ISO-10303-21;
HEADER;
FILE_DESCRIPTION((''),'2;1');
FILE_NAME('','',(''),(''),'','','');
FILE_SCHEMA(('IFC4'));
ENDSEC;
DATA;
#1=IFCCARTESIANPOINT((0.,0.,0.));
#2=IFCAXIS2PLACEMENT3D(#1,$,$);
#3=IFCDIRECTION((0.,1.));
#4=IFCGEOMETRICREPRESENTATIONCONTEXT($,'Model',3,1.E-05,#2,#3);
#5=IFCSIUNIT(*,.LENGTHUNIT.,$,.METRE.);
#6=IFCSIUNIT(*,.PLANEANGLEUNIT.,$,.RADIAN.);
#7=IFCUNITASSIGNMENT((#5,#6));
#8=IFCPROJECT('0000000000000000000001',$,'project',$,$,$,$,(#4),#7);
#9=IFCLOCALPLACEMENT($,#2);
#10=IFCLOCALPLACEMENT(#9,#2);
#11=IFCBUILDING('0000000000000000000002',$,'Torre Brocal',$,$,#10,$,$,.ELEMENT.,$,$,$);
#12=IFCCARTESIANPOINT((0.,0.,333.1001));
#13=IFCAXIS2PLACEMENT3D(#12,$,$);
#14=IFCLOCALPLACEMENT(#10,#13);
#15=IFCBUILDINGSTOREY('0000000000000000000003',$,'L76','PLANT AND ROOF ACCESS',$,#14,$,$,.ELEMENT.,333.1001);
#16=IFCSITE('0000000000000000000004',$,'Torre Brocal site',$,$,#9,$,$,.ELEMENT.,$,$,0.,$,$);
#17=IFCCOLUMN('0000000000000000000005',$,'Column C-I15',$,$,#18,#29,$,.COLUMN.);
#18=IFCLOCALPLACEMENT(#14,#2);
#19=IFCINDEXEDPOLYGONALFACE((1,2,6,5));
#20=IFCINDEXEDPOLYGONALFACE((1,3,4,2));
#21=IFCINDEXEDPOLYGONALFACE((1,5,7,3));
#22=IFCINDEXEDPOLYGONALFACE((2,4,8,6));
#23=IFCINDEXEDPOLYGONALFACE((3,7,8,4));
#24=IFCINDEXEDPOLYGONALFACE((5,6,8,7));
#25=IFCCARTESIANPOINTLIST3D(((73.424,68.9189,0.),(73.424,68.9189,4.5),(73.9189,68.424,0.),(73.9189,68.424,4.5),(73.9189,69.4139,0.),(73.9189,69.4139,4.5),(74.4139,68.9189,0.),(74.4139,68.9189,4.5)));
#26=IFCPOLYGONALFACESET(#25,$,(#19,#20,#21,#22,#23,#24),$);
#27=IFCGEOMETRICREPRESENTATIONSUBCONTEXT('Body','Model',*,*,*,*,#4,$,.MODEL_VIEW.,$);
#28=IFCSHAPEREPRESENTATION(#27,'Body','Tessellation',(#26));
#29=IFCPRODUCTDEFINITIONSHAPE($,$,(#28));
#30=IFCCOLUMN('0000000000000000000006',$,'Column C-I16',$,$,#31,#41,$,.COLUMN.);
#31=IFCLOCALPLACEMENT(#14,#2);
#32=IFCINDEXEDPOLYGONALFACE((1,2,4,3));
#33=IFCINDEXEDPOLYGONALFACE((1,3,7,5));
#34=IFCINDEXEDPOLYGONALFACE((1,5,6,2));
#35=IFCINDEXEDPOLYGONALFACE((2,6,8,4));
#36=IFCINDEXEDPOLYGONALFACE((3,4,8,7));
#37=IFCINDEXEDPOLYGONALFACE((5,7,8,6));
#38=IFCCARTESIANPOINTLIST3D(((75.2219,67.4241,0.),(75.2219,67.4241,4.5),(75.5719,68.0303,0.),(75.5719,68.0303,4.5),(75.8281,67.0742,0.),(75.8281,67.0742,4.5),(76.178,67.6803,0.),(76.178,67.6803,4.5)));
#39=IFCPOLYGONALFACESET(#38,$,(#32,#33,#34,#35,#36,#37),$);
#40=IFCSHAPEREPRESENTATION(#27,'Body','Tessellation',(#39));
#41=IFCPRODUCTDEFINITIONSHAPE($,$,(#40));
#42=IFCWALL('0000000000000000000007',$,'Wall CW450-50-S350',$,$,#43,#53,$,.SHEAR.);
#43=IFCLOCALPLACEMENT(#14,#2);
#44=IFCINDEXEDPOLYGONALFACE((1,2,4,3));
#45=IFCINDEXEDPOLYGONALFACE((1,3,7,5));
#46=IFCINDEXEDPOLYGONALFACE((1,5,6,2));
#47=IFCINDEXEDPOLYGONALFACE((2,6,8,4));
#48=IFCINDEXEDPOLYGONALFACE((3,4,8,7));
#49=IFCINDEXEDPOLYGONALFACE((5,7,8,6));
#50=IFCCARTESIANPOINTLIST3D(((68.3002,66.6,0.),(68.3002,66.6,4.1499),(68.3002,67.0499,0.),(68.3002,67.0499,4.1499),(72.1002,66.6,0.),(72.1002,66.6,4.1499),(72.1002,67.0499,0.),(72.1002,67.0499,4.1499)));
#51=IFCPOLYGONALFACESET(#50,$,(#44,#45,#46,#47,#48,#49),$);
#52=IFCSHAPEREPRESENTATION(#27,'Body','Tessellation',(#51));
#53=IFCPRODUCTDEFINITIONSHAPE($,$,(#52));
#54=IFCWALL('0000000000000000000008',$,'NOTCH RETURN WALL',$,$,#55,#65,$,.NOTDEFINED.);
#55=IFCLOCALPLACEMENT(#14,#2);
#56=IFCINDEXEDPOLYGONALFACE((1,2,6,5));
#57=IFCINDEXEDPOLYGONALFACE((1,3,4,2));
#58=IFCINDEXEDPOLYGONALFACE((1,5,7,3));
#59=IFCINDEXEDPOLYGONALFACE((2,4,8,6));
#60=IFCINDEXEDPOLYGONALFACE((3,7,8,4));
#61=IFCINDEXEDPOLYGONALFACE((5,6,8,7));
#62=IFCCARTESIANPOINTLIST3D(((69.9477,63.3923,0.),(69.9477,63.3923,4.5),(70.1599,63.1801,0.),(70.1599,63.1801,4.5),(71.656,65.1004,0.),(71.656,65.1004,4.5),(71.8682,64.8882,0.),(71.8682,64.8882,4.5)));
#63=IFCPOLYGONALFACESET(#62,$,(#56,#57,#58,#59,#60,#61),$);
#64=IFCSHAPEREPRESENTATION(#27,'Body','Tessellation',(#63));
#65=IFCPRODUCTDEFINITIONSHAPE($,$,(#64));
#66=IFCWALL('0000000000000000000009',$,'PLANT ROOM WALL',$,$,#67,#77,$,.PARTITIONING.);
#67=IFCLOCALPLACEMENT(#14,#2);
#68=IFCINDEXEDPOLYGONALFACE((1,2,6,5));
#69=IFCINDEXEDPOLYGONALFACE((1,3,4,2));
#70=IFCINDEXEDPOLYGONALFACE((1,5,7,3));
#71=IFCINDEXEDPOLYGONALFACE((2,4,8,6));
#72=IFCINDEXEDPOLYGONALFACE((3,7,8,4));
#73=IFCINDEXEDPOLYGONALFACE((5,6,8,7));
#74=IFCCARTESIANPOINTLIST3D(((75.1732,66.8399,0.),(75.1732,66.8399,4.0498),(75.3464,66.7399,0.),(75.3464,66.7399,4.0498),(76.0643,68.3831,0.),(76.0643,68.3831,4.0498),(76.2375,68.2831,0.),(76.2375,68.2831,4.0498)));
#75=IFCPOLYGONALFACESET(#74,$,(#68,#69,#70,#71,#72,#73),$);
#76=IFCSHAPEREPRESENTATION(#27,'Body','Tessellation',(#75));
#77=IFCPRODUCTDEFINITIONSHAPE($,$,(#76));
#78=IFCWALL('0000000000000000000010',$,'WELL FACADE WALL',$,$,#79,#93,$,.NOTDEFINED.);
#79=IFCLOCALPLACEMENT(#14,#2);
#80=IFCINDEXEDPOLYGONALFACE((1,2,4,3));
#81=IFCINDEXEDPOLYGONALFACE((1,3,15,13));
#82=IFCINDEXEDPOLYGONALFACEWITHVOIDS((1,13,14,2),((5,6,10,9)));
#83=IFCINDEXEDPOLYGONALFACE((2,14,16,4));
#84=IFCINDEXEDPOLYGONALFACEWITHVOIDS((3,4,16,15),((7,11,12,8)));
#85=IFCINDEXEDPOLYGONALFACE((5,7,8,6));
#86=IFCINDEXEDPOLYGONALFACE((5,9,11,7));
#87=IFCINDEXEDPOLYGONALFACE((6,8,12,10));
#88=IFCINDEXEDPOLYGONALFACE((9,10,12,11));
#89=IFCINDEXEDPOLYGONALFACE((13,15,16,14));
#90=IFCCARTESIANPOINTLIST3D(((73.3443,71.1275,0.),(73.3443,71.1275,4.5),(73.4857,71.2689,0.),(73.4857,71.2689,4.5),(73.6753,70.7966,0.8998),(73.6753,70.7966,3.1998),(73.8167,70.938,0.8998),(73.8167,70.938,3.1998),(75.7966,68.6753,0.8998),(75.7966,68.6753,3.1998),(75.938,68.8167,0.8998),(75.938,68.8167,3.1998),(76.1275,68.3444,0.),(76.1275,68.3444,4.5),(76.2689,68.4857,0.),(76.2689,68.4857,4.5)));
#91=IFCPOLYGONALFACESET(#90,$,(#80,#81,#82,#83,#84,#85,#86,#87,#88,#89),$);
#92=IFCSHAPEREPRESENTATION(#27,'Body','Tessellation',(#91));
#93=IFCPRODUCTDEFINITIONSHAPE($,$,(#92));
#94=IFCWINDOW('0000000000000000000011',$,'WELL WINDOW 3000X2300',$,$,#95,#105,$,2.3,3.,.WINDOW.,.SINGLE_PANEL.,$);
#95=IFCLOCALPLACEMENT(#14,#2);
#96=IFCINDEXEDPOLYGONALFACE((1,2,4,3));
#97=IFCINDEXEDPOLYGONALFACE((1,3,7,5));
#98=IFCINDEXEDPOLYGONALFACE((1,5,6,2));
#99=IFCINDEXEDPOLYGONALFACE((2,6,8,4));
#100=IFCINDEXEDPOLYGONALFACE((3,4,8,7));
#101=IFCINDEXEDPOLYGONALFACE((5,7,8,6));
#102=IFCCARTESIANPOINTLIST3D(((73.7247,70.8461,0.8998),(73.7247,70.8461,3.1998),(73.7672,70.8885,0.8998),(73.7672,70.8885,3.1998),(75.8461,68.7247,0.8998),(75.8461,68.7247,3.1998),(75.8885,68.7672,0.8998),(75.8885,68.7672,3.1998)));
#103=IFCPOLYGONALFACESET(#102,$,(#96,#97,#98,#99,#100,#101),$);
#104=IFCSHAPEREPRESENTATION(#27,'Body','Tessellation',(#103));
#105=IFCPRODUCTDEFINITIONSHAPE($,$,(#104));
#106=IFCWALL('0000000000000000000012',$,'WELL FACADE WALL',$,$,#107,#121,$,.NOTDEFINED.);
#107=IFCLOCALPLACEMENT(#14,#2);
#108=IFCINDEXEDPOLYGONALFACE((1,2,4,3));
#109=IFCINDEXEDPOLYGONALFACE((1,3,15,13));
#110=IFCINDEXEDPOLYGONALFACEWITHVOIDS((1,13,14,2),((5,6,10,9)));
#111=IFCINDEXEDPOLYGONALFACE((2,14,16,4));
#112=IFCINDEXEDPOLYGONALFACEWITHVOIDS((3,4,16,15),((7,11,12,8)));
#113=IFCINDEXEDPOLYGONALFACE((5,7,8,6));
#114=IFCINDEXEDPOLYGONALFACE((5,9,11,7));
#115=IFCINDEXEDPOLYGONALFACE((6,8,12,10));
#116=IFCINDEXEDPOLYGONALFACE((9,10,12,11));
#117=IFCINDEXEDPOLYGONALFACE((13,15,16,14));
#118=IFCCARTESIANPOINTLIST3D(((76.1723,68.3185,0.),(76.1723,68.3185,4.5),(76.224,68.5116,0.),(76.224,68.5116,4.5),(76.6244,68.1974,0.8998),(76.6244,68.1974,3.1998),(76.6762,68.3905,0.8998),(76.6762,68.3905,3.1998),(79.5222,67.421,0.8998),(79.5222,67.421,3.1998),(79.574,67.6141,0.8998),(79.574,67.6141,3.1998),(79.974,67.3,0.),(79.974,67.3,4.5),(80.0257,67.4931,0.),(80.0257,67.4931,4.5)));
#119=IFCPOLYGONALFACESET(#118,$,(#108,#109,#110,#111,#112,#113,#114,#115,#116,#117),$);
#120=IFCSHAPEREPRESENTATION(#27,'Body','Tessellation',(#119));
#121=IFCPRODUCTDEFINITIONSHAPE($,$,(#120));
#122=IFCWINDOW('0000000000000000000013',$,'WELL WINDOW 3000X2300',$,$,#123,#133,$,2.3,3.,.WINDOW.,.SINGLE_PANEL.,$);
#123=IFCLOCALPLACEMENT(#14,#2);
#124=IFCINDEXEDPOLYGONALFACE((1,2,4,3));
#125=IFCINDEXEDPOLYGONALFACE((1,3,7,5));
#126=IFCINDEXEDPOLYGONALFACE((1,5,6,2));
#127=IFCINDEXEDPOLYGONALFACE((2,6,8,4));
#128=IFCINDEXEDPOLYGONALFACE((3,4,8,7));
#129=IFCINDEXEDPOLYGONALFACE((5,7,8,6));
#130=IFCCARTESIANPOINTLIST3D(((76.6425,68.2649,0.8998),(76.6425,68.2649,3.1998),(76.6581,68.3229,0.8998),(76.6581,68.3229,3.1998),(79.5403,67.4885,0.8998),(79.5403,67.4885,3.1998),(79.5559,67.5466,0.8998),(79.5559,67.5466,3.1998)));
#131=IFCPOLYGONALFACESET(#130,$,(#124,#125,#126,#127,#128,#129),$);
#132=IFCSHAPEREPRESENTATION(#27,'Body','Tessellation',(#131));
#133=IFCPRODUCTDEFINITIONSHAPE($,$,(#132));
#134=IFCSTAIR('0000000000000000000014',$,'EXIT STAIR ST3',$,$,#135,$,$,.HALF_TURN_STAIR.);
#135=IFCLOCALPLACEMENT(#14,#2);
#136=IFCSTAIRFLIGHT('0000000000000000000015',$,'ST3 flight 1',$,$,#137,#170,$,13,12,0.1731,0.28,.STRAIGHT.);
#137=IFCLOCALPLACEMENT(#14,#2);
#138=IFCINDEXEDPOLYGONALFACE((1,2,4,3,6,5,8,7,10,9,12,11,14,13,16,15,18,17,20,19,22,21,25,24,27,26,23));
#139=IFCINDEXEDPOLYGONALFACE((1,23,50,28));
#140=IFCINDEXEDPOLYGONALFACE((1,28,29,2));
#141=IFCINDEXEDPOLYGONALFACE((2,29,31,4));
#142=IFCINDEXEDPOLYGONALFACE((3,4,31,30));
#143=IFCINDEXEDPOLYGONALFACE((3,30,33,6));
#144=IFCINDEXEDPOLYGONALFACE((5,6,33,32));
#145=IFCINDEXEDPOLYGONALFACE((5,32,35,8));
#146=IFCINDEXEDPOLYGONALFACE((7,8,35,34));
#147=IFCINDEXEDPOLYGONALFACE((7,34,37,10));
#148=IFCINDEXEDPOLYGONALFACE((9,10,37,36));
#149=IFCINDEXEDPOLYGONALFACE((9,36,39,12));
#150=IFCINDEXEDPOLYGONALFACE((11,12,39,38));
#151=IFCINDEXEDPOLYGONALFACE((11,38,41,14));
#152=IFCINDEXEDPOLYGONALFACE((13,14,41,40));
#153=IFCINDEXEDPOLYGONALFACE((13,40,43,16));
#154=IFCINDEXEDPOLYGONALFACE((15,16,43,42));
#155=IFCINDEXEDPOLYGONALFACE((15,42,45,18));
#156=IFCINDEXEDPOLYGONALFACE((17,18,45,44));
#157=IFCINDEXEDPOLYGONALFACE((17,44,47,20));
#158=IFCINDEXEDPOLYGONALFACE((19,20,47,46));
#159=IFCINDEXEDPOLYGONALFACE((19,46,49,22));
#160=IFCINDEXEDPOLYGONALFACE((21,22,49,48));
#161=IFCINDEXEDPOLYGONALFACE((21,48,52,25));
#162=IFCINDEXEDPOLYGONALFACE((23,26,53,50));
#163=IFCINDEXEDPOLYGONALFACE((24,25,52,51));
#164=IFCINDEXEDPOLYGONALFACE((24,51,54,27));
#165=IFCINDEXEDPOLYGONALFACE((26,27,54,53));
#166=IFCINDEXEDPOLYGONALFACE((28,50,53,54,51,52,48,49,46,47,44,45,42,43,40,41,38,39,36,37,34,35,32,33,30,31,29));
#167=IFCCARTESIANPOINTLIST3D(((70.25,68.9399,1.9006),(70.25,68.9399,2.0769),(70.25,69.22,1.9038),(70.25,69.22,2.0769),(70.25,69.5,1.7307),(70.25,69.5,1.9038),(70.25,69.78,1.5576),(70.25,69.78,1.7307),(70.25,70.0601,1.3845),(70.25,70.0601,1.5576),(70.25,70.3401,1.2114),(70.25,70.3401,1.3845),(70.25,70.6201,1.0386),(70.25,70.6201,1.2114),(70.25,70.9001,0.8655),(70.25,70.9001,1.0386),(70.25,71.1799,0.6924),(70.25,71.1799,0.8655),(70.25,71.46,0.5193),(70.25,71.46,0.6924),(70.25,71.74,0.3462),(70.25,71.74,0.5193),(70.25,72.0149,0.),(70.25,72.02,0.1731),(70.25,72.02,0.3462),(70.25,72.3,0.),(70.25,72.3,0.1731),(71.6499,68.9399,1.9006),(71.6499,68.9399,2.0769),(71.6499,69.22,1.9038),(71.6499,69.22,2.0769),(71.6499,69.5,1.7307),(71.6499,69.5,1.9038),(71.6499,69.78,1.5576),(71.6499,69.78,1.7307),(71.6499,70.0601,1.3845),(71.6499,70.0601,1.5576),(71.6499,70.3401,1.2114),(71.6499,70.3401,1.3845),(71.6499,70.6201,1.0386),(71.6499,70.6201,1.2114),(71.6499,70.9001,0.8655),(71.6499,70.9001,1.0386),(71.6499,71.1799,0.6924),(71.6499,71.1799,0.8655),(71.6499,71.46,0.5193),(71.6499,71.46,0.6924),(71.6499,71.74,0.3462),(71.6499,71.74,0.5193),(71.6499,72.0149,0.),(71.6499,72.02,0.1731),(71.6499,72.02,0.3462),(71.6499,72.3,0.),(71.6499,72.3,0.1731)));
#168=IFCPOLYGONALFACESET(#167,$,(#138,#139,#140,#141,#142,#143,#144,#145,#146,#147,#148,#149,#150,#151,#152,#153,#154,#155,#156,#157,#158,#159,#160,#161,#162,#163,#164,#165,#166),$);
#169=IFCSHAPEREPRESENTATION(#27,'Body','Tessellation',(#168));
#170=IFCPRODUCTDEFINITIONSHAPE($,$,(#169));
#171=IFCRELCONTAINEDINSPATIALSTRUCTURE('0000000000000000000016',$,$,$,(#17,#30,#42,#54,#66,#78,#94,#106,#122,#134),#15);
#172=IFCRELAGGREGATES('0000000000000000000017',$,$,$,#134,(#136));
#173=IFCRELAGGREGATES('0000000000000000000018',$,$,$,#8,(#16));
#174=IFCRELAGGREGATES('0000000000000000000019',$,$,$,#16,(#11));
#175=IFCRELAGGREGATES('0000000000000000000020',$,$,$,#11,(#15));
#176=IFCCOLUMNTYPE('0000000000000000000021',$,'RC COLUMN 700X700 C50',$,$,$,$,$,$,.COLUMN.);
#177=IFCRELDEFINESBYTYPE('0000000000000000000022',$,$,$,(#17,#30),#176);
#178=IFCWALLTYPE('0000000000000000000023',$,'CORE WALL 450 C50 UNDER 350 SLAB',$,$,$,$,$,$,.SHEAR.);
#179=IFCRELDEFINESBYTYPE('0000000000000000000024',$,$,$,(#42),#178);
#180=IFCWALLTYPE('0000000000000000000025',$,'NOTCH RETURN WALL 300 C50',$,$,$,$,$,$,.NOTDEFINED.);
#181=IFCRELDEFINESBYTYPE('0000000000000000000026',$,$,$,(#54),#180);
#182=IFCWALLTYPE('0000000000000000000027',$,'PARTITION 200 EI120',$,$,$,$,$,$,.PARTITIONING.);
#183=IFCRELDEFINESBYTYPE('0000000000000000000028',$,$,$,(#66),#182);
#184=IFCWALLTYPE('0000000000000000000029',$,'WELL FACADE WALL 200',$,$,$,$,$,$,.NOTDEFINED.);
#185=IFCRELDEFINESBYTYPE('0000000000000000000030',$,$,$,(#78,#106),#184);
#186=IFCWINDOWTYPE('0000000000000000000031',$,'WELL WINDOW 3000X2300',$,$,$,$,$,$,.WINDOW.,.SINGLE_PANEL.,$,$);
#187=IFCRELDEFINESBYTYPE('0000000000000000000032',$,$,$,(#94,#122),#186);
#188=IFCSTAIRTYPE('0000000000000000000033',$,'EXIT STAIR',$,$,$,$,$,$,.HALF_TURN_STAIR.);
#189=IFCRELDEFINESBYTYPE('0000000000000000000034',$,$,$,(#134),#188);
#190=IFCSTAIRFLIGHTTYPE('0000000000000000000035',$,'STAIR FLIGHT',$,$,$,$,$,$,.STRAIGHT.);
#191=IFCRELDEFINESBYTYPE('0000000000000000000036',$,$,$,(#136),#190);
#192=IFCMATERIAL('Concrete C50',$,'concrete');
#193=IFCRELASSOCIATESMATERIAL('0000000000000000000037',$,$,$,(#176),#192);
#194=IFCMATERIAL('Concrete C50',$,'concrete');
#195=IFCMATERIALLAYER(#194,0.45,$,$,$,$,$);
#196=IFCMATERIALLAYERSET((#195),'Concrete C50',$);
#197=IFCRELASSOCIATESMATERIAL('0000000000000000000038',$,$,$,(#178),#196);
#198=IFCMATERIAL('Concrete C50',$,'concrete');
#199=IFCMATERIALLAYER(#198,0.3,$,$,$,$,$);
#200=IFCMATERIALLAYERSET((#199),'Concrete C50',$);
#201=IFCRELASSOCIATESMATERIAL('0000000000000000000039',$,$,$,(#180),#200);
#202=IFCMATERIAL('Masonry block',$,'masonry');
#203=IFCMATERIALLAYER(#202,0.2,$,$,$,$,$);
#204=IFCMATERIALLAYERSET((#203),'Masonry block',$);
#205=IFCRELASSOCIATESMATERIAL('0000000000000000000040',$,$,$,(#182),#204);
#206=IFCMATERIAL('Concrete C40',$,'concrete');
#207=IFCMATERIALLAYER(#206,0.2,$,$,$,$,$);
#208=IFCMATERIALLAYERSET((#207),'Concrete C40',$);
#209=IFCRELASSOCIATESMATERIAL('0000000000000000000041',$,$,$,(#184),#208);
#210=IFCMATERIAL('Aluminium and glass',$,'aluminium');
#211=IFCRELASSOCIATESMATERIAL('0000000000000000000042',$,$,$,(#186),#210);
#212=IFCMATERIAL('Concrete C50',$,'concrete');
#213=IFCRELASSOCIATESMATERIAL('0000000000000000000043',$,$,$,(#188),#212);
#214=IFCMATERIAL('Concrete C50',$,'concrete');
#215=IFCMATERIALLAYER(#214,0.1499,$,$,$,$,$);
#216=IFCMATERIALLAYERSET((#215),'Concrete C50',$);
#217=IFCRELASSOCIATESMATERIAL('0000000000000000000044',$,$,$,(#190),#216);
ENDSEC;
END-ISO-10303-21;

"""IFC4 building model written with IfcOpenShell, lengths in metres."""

from ifc_helpers import new_model, si_unit, direction, frame, frame_2d, origin, origin_2d, place, context, subcontext, project, spatial, polyline, rectangle, outline, extrude, material, layer, layer_set, material_profile, profile_set, type_object, element, fill, aggregate, save


model = new_model("IFC4")

# Units and contexts
model_context = context("Model", 3, precision=1e-05, world=origin(), true_north=direction((0.0, 1.0)))
body_context = subcontext(model_context, "Body", "Model", "MODEL_VIEW")
ifc_project = project(units=[si_unit("LENGTHUNIT", "METRE"), si_unit("PLANEANGLEUNIT", "RADIAN")], contexts=[model_context])

# Site, building, storey
site_placement = place(None, origin())
site = spatial("IfcSite", under=ifc_project, at=site_placement, Name="Torre Brocal site", CompositionType="ELEMENT", RefElevation=0.0)
building_placement = place(site_placement, origin())
building = spatial("IfcBuilding", under=site, at=building_placement, Name="Torre Brocal", CompositionType="ELEMENT")
storey_placement = place(building_placement, frame((0.0, 0.0, 333.1001)))
storey = spatial("IfcBuildingStorey", under=building, at=storey_placement, Name="L76", Description="PLANT AND ROOF ACCESS", CompositionType="ELEMENT", Elevation=333.1001)

# Columns
ifc_material_1 = material(Name="Concrete C50", Category="concrete")
ifc_material_profile = material_profile(ifc_material_1, rectangle(XDim=0.7, YDim=0.7, at=origin_2d()), Name="RC 700X700")
ifc_profile_set = profile_set([ifc_material_profile], Name="Concrete C50")
column_type = type_object("IfcColumnType", Name="RC COLUMN 700X700 C50", PredefinedType="COLUMN", material=ifc_profile_set)
for number, where, z_axis, x_axis, name in (
    (1, (73.9189, 68.9189, 0.0), (0.0, 0.0, 1.0), (-0.707107, -0.707107, 0.0), "Column C-I15"),
    (2, (75.7, 67.5522, 0.0), (0.0, 0.0, 1.0), (-0.5, -0.866025, 0.0), "Column C-I16"),
):
    element("IfcColumn", number, at=place(storey_placement, frame(where, z_axis=z_axis, x_axis=x_axis)), inside=storey, type_object=column_type, Name=name, PredefinedType="COLUMN", context=body_context, shape_type="SweptSolid", body=[
        extrude(rectangle(XDim=0.7, YDim=0.7, at=origin_2d()), origin(), (0.0, 0.0, 1.0), 4.5),
    ])

# Walls
ifc_material_2 = material(Name="Concrete C50", Category="concrete")
ifc_layer_1 = layer(ifc_material_2, 0.45)
ifc_layer_set_1 = layer_set([ifc_layer_1], Name="Concrete C50")
wall_type_1 = type_object("IfcWallType", Name="CORE WALL 450 C50 UNDER 350 SLAB", PredefinedType="SHEAR", material=ifc_layer_set_1)
wall_1_placement = place(storey_placement, frame((72.1001, 66.825, 0.0), z_axis=(0.0, 0.0, 1.0), x_axis=(-1.0, 0.0, 0.0)))
element("IfcWall", 3, at=wall_1_placement, inside=storey, type_object=wall_type_1, Name="Wall CW450-50-S350", PredefinedType="SHEAR", context=body_context, shape_type="SweptSolid", body=[
    extrude(rectangle(XDim=3.8, YDim=0.45, at=frame_2d((1.8999, 0.0))), origin(), (0.0, 0.0, 1.0), 4.1499),
])
ifc_material_3 = material(Name="Concrete C50", Category="concrete")
ifc_layer_2 = layer(ifc_material_3, 0.3)
ifc_layer_set_2 = layer_set([ifc_layer_2], Name="Concrete C50")
wall_type_2 = type_object("IfcWallType", Name="NOTCH RETURN WALL 300 C50", PredefinedType="NOTDEFINED", material=ifc_layer_set_2)
wall_2_placement = place(storey_placement, frame((71.7622, 64.9944, 0.0), z_axis=(0.0, 0.0, 1.0), x_axis=(-0.707157, -0.707056, 0.0)))
element("IfcWall", 4, at=wall_2_placement, inside=storey, type_object=wall_type_2, Name="NOTCH RETURN WALL", PredefinedType="NOTDEFINED", context=body_context, shape_type="SweptSolid", body=[
    extrude(rectangle(XDim=2.4158, YDim=0.3, at=frame_2d((1.208, 0.0))), origin(), (0.0, 0.0, 1.0), 4.5),
])

# Shared definitions
ifc_material_4 = material(Name="Masonry block", Category="masonry")
ifc_layer_3 = layer(ifc_material_4, 0.2)
ifc_layer_set_3 = layer_set([ifc_layer_3], Name="Masonry block")
wall_type_3 = type_object("IfcWallType", Name="PARTITION 200 EI120", PredefinedType="PARTITIONING", material=ifc_layer_set_3)

# Wall
wall_3_placement = place(storey_placement, frame((75.2598, 66.7898, 0.0), z_axis=(0.0, 0.0, 1.0), x_axis=(0.500058, 0.865992, 0.0)))
element("IfcWall", 5, at=wall_3_placement, inside=storey, type_object=wall_type_3, Name="PLANT ROOM WALL", PredefinedType="PARTITIONING", context=body_context, shape_type="SweptSolid", body=[
    extrude(rectangle(XDim=1.782, YDim=0.2, at=frame_2d((0.8911, 0.0))), origin(), (0.0, 0.0, 1.0), 4.0498),
])

# Walls, openings, windows
ifc_material_5 = material(Name="Concrete C40", Category="concrete")
ifc_layer_4 = layer(ifc_material_5, 0.2)
ifc_layer_set_4 = layer_set([ifc_layer_4], Name="Concrete C40")
wall_type_4 = type_object("IfcWallType", Name="WELL FACADE WALL 200", PredefinedType="NOTDEFINED", material=ifc_layer_set_4)
wall_4_placement = place(storey_placement, frame((73.415, 71.1982, 0.0), z_axis=(0.0, 0.0, 1.0), x_axis=(0.707107, -0.707107, 0.0)))
wall_4 = element("IfcWall", 6, at=wall_4_placement, inside=storey, type_object=wall_type_4, Name="WELL FACADE WALL", PredefinedType="NOTDEFINED", context=body_context, shape_type="SweptSolid", body=[
    extrude(rectangle(XDim=3.936, YDim=0.2, at=frame_2d((1.968, 0.0))), origin(), (0.0, 0.0, 1.0), 4.5),
])
opening_1_placement = place(wall_4_placement, frame((0.468, 0.0, 0.8999)))
opening_1 = element("IfcOpeningElement", 7, at=opening_1_placement, cuts=wall_4, PredefinedType="OPENING", context=body_context, shape_type="SweptSolid", body=[
    extrude(rectangle(XDim=3.0, YDim=2.3, at=frame_2d((1.5, 1.1499))), frame((0.0, 0.1099, 0.0), z_axis=(0.0, -1.0, 0.0), x_axis=(1.0, 0.0, 0.0)), (0.0, 0.0, 1.0), 0.22),
])
ifc_material_6 = material(Name="Aluminium and glass", Category="aluminium")
window_type = type_object("IfcWindowType", Name="WELL WINDOW 3000X2300", PartitioningType="SINGLE_PANEL", PredefinedType="WINDOW", material=ifc_material_6)
window_1_placement = place(opening_1_placement, origin())
window_1 = element("IfcWindow", 8, at=window_1_placement, inside=storey, type_object=window_type, Name="WELL WINDOW 3000X2300", OverallHeight=2.3, OverallWidth=3.0, PartitioningType="SINGLE_PANEL", PredefinedType="WINDOW", context=body_context, shape_type="SweptSolid", body=[
    extrude(rectangle(XDim=3.0, YDim=2.3, at=frame_2d((1.5, 1.1499))), frame((0.0, 0.03, 0.0), z_axis=(0.0, -1.0, 0.0), x_axis=(1.0, 0.0, 0.0)), (0.0, 0.0, 1.0), 0.0601),
])
fill(opening_1, window_1)
wall_5_placement = place(storey_placement, frame((76.1982, 68.415, 0.0), z_axis=(0.0, 0.0, 1.0), x_axis=(0.965934, -0.25879, 0.0)))
wall_5 = element("IfcWall", 9, at=wall_5_placement, inside=storey, type_object=wall_type_4, Name="WELL FACADE WALL", PredefinedType="NOTDEFINED", context=body_context, shape_type="SweptSolid", body=[
    extrude(rectangle(XDim=3.9358, YDim=0.2, at=frame_2d((1.9678, 0.0))), origin(), (0.0, 0.0, 1.0), 4.5),
])
opening_2_placement = place(wall_5_placement, frame((0.468, 0.0, 0.8999)))
opening_2 = element("IfcOpeningElement", 10, at=opening_2_placement, cuts=wall_5, PredefinedType="OPENING", context=body_context, shape_type="SweptSolid", body=[
    extrude(rectangle(XDim=3.0, YDim=2.3, at=frame_2d((1.5, 1.1499))), frame((0.0, 0.1099, 0.0), z_axis=(0.0, -1.0, 0.0), x_axis=(1.0, 0.0, 0.0)), (0.0, 0.0, 1.0), 0.22),
])
window_2_placement = place(opening_2_placement, origin())
window_2 = element("IfcWindow", 11, at=window_2_placement, inside=storey, type_object=window_type, Name="WELL WINDOW 3000X2300", OverallHeight=2.3, OverallWidth=3.0, PartitioningType="SINGLE_PANEL", PredefinedType="WINDOW", context=body_context, shape_type="SweptSolid", body=[
    extrude(rectangle(XDim=3.0, YDim=2.3, at=frame_2d((1.5, 1.1499))), frame((0.0, 0.03, 0.0), z_axis=(0.0, -1.0, 0.0), x_axis=(1.0, 0.0, 0.0)), (0.0, 0.0, 1.0), 0.0601),
])
fill(opening_2, window_2)

# Stair, stair flight
ifc_material_7 = material(Name="Concrete C50", Category="concrete")
stair_type = type_object("IfcStairType", Name="EXIT STAIR", PredefinedType="HALF_TURN_STAIR", material=ifc_material_7)
stair_placement = place(storey_placement, origin())
stair = element("IfcStair", 12, at=stair_placement, inside=storey, type_object=stair_type, Name="EXIT STAIR ST3", PredefinedType="HALF_TURN_STAIR")
ifc_material_8 = material(Name="Concrete C50", Category="concrete")
ifc_layer_5 = layer(ifc_material_8, 0.1499)
ifc_layer_set_5 = layer_set([ifc_layer_5], Name="Concrete C50")
stair_flight_type = type_object("IfcStairFlightType", Name="STAIR FLIGHT", PredefinedType="STRAIGHT", material=ifc_layer_set_5)
stair_flight_placement = place(storey_placement, frame((70.95, 72.3, 0.0), z_axis=(0.0, 0.0, 1.0), x_axis=(0.0, -1.0, 0.0)))
stair_flight = element("IfcStairFlight", 13, at=stair_flight_placement, type_object=stair_flight_type, Name="ST3 flight 1", NumberOfRisers=13, NumberOfTreads=12, PredefinedType="STRAIGHT", RiserHeight=0.1731, TreadLength=0.28, context=body_context, shape_type="SweptSolid", body=[
    extrude(outline(polyline([(0.0, 0.0), (0.0, 0.1731), (0.28, 0.1731), (0.28, 0.3462), (0.5601, 0.3462), (0.5601, 0.5193), (0.8401, 0.5193), (0.8401, 0.6924), (1.1201, 0.6924), (1.1201, 0.8655), (1.3999, 0.8655), (1.3999, 1.0386), (1.6799, 1.0386), (1.6799, 1.2114), (1.96, 1.2114), (1.96, 1.3845), (2.24, 1.3845), (2.24, 1.5576), (2.52, 1.5576), (2.52, 1.7307), (2.8, 1.7307), (2.8, 1.9038), (3.0801, 1.9038), (3.0801, 2.0769), (3.3601, 2.0769), (3.3601, 2.25), (3.3601, 1.9006), (0.2852, 0.0), (0.0, 0.0)])), frame((0.0, 0.7, 0.0), z_axis=(0.0, -1.0, 0.0), x_axis=(1.0, 0.0, 0.0)), (0.0, 0.0, 1.0), 1.3999),
])
aggregate(stair, [stair_flight])

save(model, "model.ifc")
